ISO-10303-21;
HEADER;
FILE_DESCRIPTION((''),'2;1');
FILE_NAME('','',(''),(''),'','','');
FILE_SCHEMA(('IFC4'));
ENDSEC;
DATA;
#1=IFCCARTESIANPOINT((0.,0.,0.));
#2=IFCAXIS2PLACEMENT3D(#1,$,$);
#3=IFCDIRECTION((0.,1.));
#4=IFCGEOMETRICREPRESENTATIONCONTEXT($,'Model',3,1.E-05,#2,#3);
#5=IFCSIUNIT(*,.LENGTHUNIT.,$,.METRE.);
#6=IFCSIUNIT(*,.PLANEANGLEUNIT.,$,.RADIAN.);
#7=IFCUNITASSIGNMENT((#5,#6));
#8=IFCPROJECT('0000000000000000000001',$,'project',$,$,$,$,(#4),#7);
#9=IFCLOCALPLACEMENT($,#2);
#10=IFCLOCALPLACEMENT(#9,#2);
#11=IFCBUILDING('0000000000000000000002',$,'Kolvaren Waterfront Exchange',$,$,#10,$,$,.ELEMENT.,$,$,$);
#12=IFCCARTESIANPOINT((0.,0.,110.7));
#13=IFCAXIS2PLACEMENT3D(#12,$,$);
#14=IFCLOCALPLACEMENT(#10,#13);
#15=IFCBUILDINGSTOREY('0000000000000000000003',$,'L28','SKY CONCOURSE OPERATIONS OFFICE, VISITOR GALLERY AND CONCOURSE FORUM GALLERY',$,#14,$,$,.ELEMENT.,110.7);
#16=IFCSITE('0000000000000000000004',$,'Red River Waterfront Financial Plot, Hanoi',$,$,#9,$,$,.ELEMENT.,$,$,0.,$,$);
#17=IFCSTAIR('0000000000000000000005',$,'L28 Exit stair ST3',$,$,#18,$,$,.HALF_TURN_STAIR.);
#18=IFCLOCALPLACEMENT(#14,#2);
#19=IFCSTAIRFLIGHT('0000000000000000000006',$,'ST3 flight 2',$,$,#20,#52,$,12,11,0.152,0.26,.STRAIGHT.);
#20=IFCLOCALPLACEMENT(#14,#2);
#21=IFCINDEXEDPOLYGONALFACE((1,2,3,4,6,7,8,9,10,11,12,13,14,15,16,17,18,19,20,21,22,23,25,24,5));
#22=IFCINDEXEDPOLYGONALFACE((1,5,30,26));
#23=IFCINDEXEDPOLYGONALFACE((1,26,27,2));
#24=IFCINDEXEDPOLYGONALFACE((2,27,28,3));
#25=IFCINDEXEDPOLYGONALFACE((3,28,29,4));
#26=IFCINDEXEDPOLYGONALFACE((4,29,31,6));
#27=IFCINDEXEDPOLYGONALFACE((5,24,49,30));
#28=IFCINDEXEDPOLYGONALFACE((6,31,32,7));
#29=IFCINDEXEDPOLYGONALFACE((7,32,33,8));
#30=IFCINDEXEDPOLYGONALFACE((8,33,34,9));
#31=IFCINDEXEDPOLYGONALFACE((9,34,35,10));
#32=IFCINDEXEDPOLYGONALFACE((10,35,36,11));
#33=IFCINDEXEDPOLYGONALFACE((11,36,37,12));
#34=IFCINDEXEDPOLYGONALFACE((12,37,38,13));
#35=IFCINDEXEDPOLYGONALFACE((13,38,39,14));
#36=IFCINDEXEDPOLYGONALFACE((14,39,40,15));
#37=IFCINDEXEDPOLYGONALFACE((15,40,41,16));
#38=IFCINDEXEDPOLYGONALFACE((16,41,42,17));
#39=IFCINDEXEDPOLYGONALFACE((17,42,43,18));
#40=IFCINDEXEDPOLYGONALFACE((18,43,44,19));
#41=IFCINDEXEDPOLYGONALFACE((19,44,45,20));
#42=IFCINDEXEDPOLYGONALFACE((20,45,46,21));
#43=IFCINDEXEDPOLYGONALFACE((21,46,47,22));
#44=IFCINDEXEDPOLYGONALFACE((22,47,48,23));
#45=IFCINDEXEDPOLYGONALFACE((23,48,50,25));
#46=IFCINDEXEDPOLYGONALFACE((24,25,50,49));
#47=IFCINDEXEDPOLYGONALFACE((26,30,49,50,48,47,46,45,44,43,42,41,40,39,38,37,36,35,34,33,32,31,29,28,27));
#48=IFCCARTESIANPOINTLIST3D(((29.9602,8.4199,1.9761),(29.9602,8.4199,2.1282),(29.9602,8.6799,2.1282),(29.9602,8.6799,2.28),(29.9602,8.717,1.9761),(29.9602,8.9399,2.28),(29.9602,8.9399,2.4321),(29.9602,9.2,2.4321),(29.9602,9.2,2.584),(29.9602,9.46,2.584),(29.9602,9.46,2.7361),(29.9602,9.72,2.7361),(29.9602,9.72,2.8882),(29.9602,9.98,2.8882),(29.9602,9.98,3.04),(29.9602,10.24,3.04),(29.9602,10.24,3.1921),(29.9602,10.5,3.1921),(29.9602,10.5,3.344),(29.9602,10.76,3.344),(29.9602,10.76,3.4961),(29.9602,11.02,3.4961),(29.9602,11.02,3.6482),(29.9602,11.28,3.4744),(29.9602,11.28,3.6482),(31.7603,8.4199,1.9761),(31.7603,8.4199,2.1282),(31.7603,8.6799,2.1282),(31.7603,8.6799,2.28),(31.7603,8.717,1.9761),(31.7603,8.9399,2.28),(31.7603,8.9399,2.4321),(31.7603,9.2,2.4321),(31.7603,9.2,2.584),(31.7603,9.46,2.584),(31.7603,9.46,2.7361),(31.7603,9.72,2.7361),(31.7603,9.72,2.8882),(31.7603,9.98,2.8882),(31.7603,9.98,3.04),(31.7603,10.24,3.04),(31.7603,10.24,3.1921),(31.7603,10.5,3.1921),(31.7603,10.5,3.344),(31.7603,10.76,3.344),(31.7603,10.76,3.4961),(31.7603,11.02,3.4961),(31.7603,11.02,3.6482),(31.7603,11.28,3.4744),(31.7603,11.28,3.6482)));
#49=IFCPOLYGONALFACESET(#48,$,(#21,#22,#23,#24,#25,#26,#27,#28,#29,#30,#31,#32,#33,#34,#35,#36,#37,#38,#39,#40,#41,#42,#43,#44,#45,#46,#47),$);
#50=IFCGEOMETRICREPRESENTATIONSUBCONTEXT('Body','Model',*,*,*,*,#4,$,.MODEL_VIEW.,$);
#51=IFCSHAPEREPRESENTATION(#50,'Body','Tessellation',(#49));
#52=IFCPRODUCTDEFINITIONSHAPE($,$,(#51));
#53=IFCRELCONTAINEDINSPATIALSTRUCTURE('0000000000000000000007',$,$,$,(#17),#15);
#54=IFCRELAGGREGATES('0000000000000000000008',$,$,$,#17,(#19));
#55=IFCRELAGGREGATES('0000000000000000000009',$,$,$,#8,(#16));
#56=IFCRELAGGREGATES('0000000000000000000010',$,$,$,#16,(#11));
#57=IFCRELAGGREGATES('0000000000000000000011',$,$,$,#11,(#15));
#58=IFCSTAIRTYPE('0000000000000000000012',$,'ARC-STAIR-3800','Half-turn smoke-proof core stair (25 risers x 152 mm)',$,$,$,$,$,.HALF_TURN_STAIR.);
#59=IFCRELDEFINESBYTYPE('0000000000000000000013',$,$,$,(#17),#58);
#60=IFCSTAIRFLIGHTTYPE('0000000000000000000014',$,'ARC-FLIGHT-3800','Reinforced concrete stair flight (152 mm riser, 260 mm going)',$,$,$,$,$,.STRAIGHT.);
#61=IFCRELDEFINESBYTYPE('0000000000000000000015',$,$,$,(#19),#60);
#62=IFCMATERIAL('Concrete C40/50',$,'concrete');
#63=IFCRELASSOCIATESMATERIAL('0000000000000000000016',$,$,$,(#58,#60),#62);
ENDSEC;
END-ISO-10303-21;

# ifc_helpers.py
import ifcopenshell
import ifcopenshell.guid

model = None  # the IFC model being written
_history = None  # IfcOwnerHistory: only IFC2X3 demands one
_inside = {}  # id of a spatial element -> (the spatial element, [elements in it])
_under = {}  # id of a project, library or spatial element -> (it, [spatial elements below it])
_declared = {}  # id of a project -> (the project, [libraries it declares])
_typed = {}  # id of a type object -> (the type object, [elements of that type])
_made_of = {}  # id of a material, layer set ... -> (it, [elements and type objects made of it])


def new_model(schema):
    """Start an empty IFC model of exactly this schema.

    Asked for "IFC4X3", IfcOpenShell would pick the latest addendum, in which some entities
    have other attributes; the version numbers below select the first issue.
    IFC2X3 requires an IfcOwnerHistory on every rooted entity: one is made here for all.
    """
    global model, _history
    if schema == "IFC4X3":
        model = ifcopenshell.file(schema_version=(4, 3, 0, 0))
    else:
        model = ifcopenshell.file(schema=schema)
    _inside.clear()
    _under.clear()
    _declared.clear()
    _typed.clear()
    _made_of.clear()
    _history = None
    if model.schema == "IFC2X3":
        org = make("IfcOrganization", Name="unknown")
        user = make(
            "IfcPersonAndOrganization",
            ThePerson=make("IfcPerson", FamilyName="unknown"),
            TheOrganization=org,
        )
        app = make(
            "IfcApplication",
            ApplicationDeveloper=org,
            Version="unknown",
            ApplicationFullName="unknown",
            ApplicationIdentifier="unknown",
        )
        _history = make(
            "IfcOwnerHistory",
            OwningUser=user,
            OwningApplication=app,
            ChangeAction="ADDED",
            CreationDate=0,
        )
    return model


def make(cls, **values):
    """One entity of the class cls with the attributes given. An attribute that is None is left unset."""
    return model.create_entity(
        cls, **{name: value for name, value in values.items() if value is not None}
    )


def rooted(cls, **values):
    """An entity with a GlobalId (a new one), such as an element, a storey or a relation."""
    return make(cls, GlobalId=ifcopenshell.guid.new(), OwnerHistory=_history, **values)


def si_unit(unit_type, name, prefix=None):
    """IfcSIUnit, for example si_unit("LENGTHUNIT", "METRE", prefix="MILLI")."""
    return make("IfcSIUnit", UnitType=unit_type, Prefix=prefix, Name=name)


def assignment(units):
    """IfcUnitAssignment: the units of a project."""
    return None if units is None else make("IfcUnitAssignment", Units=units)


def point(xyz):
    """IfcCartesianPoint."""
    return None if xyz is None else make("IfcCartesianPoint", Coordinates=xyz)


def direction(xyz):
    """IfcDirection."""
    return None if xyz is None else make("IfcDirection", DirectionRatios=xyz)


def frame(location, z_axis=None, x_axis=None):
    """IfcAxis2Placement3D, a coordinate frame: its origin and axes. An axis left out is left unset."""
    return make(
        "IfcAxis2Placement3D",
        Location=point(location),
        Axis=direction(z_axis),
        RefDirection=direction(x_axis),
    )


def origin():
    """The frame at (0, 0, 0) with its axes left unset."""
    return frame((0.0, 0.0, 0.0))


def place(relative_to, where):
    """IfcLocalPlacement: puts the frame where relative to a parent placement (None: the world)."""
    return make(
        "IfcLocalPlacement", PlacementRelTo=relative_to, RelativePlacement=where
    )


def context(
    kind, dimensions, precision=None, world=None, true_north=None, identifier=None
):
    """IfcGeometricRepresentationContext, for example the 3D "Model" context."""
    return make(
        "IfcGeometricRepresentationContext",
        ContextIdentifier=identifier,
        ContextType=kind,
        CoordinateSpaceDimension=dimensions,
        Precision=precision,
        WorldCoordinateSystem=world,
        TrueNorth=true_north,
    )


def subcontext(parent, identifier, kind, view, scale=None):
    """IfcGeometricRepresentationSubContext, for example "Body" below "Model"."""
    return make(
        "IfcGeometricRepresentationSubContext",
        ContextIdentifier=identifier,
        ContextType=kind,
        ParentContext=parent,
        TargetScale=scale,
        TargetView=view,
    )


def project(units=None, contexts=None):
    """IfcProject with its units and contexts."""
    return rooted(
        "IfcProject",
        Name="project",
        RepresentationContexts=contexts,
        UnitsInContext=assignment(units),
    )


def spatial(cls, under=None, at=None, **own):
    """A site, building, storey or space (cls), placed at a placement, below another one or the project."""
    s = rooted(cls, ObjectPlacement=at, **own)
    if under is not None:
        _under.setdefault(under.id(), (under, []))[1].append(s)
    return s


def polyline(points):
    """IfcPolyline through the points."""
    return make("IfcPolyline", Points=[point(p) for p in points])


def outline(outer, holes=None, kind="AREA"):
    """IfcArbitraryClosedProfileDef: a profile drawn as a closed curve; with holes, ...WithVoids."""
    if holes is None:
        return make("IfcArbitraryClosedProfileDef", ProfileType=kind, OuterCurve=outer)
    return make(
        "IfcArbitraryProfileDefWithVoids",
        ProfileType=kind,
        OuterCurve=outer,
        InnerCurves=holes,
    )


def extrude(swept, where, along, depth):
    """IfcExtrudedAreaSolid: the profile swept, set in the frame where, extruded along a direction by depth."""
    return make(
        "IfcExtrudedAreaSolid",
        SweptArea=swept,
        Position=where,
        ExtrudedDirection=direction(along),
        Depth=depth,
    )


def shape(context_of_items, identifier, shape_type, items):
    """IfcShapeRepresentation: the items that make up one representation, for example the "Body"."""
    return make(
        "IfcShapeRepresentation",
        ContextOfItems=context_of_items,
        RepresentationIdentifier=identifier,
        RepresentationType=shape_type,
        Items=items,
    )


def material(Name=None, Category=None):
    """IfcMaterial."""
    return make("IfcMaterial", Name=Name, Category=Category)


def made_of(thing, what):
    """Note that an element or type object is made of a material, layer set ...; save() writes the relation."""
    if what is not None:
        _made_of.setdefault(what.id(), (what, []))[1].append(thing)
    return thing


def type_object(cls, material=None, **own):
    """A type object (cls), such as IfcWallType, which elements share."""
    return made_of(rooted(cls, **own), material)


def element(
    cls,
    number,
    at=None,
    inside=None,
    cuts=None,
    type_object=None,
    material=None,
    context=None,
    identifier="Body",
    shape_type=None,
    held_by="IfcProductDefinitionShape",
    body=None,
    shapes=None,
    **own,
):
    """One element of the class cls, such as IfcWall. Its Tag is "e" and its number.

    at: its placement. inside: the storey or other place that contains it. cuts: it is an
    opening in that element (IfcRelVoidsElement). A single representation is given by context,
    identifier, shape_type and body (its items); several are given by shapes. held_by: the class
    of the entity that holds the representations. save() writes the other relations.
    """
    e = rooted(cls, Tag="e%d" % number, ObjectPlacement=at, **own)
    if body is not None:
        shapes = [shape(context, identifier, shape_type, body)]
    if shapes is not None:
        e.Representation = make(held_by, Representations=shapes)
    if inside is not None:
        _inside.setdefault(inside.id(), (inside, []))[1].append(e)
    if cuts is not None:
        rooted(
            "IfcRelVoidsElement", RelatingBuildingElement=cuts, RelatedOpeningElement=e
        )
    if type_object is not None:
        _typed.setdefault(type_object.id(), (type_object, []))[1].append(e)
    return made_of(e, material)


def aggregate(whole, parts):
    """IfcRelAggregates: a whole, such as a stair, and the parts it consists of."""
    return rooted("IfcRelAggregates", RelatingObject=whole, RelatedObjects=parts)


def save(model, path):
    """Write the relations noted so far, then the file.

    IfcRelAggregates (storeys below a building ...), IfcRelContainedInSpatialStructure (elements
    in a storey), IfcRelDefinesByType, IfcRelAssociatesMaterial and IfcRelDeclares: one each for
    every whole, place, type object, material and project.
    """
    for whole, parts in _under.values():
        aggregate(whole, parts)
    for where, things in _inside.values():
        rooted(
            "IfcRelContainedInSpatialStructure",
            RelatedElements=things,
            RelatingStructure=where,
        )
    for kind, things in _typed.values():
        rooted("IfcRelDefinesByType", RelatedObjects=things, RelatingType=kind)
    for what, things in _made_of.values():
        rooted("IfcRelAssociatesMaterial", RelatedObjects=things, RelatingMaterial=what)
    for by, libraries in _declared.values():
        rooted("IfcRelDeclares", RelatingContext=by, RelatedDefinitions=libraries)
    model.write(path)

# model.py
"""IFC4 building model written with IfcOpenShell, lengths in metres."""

from ifc_helpers import new_model, si_unit, direction, frame, origin, place, context, subcontext, project, spatial, polyline, outline, extrude, material, type_object, element, aggregate, save


model = new_model("IFC4")

# Units and contexts
model_context = context("Model", 3, precision=1e-05, world=origin(), true_north=direction((0.0, 1.0)))
body_context = subcontext(model_context, "Body", "Model", "MODEL_VIEW")
ifc_project = project(units=[si_unit("LENGTHUNIT", "METRE"), si_unit("PLANEANGLEUNIT", "RADIAN")], contexts=[model_context])

# Site, building, storey
site_placement = place(None, origin())
site = spatial("IfcSite", under=ifc_project, at=site_placement, Name="Red River Waterfront Financial Plot, Hanoi", CompositionType="ELEMENT", RefElevation=0.0)
building_placement = place(site_placement, origin())
building = spatial("IfcBuilding", under=site, at=building_placement, Name="Kolvaren Waterfront Exchange", CompositionType="ELEMENT")
storey_placement = place(building_placement, frame((0.0, 0.0, 110.7)))
storey = spatial("IfcBuildingStorey", under=building, at=storey_placement, Name="L28", Description="SKY CONCOURSE OPERATIONS OFFICE, VISITOR GALLERY AND CONCOURSE FORUM GALLERY", CompositionType="ELEMENT", Elevation=110.7)

# Shared definitions
ifc_material_1 = material(Name="Concrete C40/50", Category="concrete")

# Stair, stair flight
stair_type = type_object("IfcStairType", Name="ARC-STAIR-3800", Description="Half-turn smoke-proof core stair (25 risers x 152 mm)", PredefinedType="HALF_TURN_STAIR", material=ifc_material_1)
stair_placement = place(storey_placement, origin())
stair = element("IfcStair", 1, at=stair_placement, inside=storey, type_object=stair_type, Name="L28 Exit stair ST3", PredefinedType="HALF_TURN_STAIR")
stair_flight_type = type_object("IfcStairFlightType", Name="ARC-FLIGHT-3800", Description="Reinforced concrete stair flight (152 mm riser, 260 mm going)", PredefinedType="STRAIGHT", material=ifc_material_1)
stair_flight_placement = place(storey_placement, frame((30.8601, 8.4199, 1.9761), z_axis=(0.0, 0.0, 1.0), x_axis=(0.0, 1.0, 0.0)))
stair_flight = element("IfcStairFlight", 2, at=stair_flight_placement, type_object=stair_flight_type, Name="ST3 flight 2", NumberOfRisers=12, NumberOfTreads=11, PredefinedType="STRAIGHT", RiserHeight=0.152, TreadLength=0.26, context=body_context, shape_type="SweptSolid", body=[
    extrude(outline(polyline([(0.0, 0.0), (0.0, 0.1521), (0.26, 0.1521), (0.26, 0.304), (0.52, 0.304), (0.52, 0.4561), (0.78, 0.4561), (0.78, 0.6079), (1.04, 0.6079), (1.04, 0.76), (1.3, 0.76), (1.3, 0.9121), (1.5601, 0.9121), (1.5601, 1.064), (1.8201, 1.064), (1.8201, 1.2161), (2.0801, 1.2161), (2.0801, 1.3679), (2.3401, 1.3679), (2.3401, 1.52), (2.6001, 1.52), (2.6001, 1.6721), (2.8601, 1.6721), (2.8601, 1.824), (2.8601, 1.4983), (0.2971, 0.0), (0.0, 0.0)])), frame((0.0, 0.8999, 0.0), z_axis=(0.0, -1.0, 0.0), x_axis=(1.0, 0.0, 0.0)), (0.0, 0.0, 1.0), 1.8),
])
aggregate(stair, [stair_flight])

save(model, "model.ifc")
